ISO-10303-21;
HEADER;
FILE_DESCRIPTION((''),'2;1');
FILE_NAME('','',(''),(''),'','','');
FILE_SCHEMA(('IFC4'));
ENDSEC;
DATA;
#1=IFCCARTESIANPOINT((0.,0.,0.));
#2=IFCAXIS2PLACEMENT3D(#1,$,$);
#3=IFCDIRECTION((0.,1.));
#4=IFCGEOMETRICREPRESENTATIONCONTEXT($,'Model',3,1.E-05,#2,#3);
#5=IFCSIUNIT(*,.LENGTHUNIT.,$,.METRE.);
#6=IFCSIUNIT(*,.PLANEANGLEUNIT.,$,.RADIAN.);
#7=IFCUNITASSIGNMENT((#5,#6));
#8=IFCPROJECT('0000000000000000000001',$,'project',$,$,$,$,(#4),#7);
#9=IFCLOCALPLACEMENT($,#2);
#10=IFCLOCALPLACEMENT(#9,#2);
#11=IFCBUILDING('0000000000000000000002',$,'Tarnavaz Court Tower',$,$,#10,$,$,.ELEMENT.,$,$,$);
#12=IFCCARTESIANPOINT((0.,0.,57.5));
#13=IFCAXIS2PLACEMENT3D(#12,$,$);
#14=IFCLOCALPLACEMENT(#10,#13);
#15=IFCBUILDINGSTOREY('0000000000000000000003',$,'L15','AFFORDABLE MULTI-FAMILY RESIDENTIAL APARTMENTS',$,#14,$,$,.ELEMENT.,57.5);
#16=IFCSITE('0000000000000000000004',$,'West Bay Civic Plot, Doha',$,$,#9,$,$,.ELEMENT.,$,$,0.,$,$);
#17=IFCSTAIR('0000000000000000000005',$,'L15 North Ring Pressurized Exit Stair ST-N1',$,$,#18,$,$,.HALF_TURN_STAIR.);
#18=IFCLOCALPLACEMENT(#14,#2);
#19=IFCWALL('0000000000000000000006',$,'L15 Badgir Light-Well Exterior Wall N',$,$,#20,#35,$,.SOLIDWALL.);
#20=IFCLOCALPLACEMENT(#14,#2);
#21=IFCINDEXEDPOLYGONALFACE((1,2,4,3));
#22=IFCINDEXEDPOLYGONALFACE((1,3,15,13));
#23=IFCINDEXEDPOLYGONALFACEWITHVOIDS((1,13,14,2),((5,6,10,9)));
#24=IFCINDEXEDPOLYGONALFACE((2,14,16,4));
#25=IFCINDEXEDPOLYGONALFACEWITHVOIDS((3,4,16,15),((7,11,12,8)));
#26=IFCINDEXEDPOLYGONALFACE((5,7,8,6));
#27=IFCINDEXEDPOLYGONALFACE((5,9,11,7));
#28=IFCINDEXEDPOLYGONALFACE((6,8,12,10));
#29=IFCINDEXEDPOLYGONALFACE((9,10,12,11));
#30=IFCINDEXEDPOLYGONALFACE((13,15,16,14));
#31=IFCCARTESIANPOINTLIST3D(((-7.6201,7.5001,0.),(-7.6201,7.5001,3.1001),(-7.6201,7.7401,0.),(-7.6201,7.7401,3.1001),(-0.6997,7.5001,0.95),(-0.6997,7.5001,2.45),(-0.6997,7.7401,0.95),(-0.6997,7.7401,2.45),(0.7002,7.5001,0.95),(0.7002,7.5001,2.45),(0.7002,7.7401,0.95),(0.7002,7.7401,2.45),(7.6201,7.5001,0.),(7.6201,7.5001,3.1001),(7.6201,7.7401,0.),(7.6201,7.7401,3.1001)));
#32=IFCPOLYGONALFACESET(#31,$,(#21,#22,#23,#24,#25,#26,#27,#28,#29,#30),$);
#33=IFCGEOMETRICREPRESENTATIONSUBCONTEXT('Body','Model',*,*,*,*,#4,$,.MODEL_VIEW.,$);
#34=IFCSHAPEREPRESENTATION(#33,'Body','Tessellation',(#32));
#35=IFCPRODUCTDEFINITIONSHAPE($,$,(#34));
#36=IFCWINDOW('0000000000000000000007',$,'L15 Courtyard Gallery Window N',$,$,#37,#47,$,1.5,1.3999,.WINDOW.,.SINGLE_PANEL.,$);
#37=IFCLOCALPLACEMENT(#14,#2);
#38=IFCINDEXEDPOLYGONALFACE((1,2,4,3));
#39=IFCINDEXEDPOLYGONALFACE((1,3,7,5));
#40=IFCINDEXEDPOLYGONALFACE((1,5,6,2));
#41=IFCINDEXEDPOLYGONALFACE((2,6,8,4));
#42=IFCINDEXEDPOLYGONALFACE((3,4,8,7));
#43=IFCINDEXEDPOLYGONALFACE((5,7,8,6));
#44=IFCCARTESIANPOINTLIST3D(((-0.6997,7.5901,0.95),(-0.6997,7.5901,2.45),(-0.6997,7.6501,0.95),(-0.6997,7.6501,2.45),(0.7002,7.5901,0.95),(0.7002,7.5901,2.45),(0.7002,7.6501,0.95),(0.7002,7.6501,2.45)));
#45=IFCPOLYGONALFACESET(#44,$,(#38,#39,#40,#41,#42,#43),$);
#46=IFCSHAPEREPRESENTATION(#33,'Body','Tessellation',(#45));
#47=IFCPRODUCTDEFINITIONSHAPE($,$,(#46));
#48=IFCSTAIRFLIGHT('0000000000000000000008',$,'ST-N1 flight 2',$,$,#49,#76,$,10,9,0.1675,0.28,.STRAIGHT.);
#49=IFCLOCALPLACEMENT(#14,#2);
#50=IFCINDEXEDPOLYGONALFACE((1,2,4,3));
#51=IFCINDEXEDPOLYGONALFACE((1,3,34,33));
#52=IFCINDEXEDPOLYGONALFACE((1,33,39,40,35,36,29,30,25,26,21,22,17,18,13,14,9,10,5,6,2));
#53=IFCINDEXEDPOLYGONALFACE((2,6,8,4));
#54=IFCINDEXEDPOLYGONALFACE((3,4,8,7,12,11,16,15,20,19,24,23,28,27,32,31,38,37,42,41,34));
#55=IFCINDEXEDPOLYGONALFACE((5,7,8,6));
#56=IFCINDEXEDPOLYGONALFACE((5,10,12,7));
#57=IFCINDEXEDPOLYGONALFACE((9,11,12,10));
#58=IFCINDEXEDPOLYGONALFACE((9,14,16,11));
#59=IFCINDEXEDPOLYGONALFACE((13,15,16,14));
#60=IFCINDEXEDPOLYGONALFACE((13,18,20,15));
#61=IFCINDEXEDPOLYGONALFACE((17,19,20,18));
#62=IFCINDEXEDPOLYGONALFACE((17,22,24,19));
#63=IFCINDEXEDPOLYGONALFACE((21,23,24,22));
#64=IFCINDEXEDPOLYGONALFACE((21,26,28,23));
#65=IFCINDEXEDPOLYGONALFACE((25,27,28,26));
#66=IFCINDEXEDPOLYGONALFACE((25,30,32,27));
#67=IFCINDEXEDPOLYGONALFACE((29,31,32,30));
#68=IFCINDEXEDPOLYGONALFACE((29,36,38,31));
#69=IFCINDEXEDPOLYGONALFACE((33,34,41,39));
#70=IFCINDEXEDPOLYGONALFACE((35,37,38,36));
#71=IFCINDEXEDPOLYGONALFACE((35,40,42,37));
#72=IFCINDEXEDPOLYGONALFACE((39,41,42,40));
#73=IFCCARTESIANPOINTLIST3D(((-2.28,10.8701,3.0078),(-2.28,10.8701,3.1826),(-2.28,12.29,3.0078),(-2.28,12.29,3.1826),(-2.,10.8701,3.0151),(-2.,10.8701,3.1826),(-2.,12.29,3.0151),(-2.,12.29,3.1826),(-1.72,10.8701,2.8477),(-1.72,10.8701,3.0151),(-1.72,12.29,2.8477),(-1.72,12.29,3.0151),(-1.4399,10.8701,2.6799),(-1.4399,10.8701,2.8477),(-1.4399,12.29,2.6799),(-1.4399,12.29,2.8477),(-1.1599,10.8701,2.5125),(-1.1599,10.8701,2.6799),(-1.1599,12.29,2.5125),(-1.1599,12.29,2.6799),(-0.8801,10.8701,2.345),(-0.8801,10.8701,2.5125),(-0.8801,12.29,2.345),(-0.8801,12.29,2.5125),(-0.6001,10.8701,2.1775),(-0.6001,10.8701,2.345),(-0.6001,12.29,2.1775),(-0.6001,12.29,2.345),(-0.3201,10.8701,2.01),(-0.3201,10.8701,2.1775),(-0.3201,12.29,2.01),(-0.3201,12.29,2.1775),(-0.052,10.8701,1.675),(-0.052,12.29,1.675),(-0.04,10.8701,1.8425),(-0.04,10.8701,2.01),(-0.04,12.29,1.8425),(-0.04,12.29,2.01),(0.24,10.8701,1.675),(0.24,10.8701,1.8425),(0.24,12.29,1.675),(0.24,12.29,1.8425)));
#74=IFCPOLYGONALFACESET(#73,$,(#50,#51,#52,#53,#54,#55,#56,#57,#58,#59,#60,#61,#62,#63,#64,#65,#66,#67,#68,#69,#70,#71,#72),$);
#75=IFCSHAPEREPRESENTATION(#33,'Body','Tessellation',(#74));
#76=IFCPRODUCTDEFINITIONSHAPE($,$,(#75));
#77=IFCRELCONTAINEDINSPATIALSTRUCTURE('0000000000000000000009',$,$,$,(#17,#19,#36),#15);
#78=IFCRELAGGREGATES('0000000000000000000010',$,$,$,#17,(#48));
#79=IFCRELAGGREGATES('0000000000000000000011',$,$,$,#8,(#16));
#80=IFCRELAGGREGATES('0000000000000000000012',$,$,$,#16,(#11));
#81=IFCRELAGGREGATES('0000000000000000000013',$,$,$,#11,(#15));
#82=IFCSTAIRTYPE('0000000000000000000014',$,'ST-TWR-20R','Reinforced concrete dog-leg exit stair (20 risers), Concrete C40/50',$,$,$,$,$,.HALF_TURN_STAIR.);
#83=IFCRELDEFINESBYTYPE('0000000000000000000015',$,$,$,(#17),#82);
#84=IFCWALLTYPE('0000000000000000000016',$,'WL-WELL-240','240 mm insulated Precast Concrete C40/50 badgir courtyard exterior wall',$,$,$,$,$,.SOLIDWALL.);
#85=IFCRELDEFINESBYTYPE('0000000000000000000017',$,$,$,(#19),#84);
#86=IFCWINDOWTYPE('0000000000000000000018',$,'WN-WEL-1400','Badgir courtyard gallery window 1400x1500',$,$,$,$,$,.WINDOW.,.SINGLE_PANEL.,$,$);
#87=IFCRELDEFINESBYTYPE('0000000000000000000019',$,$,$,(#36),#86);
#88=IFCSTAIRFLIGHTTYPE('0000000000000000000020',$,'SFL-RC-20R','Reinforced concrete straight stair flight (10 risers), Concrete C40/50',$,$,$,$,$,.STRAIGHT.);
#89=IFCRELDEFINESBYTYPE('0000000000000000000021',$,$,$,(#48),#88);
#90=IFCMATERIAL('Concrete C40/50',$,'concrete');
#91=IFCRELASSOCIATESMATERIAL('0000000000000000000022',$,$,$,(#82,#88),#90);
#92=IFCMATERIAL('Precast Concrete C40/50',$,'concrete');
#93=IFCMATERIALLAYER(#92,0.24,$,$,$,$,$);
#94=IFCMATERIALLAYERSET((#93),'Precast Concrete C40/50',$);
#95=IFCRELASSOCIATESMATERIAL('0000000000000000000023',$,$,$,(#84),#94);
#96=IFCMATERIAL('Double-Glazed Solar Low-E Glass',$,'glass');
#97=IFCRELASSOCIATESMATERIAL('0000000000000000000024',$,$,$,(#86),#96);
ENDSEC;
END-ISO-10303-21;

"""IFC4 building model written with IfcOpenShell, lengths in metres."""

from ifc_helpers import new_model, si_unit, direction, frame, frame_2d, origin, place, context, subcontext, project, spatial, polyline, rectangle, outline, extrude, material, layer, layer_set, type_object, element, fill, aggregate, save


model = new_model("IFC4")

# Units and contexts
model_context = context("Model", 3, precision=1e-05, world=origin(), true_north=direction((0.0, 1.0)))
body_context = subcontext(model_context, "Body", "Model", "MODEL_VIEW")
ifc_project = project(units=[si_unit("LENGTHUNIT", "METRE"), si_unit("PLANEANGLEUNIT", "RADIAN")], contexts=[model_context])

# Site, building, storey
site_placement = place(None, origin())
site = spatial("IfcSite", under=ifc_project, at=site_placement, Name="West Bay Civic Plot, Doha", CompositionType="ELEMENT", RefElevation=0.0)
building_placement = place(site_placement, origin())
building = spatial("IfcBuilding", under=site, at=building_placement, Name="Tarnavaz Court Tower", CompositionType="ELEMENT")
storey_placement = place(building_placement, frame((0.0, 0.0, 57.5)))
storey = spatial("IfcBuildingStorey", under=building, at=storey_placement, Name="L15", Description="AFFORDABLE MULTI-FAMILY RESIDENTIAL APARTMENTS", CompositionType="ELEMENT", Elevation=57.5)

# Stair
ifc_material_1 = material(Name="Concrete C40/50", Category="concrete")
stair_type = type_object("IfcStairType", Name="ST-TWR-20R", Description="Reinforced concrete dog-leg exit stair (20 risers), Concrete C40/50", PredefinedType="HALF_TURN_STAIR", material=ifc_material_1)
stair_1_placement = place(storey_placement, origin())
stair_1 = element("IfcStair", 1, at=stair_1_placement, inside=storey, type_object=stair_type, Name="L15 North Ring Pressurized Exit Stair ST-N1", PredefinedType="HALF_TURN_STAIR")

# Wall, opening, window
ifc_material_2 = material(Name="Precast Concrete C40/50", Category="concrete")
ifc_layer_1 = layer(ifc_material_2, 0.24)
ifc_layer_set_1 = layer_set([ifc_layer_1], Name="Precast Concrete C40/50")
wall_type_1 = type_object("IfcWallType", Name="WL-WELL-240", Description="240 mm insulated Precast Concrete C40/50 badgir courtyard exterior wall", PredefinedType="SOLIDWALL", material=ifc_layer_set_1)
wall_1_placement = place(storey_placement, frame((7.6201, 7.6201, 0.0), z_axis=(0.0, 0.0, 1.0), x_axis=(-1.0, 0.0, 0.0)))
wall_1 = element("IfcWall", 2, at=wall_1_placement, inside=storey, type_object=wall_type_1, Name="L15 Badgir Light-Well Exterior Wall N", PredefinedType="SOLIDWALL", context=body_context, shape_type="SweptSolid", body=[
    extrude(rectangle(XDim=15.2402, YDim=0.24, at=frame_2d((7.6201, 0.0))), origin(), (0.0, 0.0, 1.0), 3.1001),
])
opening_1_placement = place(wall_1_placement, frame((6.9199, 0.0, 0.95)))
opening_1 = element("IfcOpeningElement", 3, at=opening_1_placement, cuts=wall_1, PredefinedType="OPENING", context=body_context, shape_type="SweptSolid", body=[
    extrude(rectangle(XDim=1.3999, YDim=1.5, at=frame_2d((0.7, 0.75))), frame((0.0, 0.1299, 0.0), z_axis=(0.0, -1.0, 0.0), x_axis=(1.0, 0.0, 0.0)), (0.0, 0.0, 1.0), 0.26),
])
ifc_material_3 = material(Name="Double-Glazed Solar Low-E Glass", Category="glass")
window_type = type_object("IfcWindowType", Name="WN-WEL-1400", Description="Badgir courtyard gallery window 1400x1500", PartitioningType="SINGLE_PANEL", PredefinedType="WINDOW", material=ifc_material_3)
window_placement = place(opening_1_placement, origin())
window = element("IfcWindow", 4, at=window_placement, inside=storey, type_object=window_type, Name="L15 Courtyard Gallery Window N", OverallHeight=1.5, OverallWidth=1.3999, PartitioningType="SINGLE_PANEL", PredefinedType="WINDOW", context=body_context, shape_type="SweptSolid", body=[
    extrude(rectangle(XDim=1.3999, YDim=1.5, at=frame_2d((0.7, 0.75))), frame((0.0, 0.03, 0.0), z_axis=(0.0, -1.0, 0.0), x_axis=(1.0, 0.0, 0.0)), (0.0, 0.0, 1.0), 0.0601),
])
fill(opening_1, window)

# Stair flight
stair_flight_type = type_object("IfcStairFlightType", Name="SFL-RC-20R", Description="Reinforced concrete straight stair flight (10 risers), Concrete C40/50", PredefinedType="STRAIGHT", material=ifc_material_1)
stair_flight_placement = place(storey_placement, frame((0.24, 11.5801, 1.675), z_axis=(0.0, 0.0, 1.0), x_axis=(-1.0, 0.0, 0.0)))
stair_flight = element("IfcStairFlight", 5, at=stair_flight_placement, type_object=stair_flight_type, Name="ST-N1 flight 2", NumberOfRisers=10, NumberOfTreads=9, PredefinedType="STRAIGHT", RiserHeight=0.1675, TreadLength=0.28, context=body_context, shape_type="SweptSolid", body=[
    extrude(outline(polyline([(0.0, 0.0), (0.0, 0.1675), (0.28, 0.1675), (0.28, 0.335), (0.5601, 0.335), (0.5601, 0.5024), (0.8401, 0.5024), (0.8401, 0.6699), (1.1201, 0.6699), (1.1201, 0.8374), (1.3999, 0.8374), (1.3999, 1.0049), (1.6799, 1.0049), (1.6799, 1.1726), (1.96, 1.1726), (1.96, 1.3401), (2.24, 1.3401), (2.24, 1.5076), (2.52, 1.5076), (2.52, 1.675), (2.52, 1.3328), (0.292, 0.0), (0.0, 0.0)])), frame((0.0, 0.71, 0.0), z_axis=(0.0, -1.0, 0.0), x_axis=(1.0, 0.0, 0.0)), (0.0, 0.0, 1.0), 1.4199),
])
aggregate(stair_1, [stair_flight])

save(model, "model.ifc")
